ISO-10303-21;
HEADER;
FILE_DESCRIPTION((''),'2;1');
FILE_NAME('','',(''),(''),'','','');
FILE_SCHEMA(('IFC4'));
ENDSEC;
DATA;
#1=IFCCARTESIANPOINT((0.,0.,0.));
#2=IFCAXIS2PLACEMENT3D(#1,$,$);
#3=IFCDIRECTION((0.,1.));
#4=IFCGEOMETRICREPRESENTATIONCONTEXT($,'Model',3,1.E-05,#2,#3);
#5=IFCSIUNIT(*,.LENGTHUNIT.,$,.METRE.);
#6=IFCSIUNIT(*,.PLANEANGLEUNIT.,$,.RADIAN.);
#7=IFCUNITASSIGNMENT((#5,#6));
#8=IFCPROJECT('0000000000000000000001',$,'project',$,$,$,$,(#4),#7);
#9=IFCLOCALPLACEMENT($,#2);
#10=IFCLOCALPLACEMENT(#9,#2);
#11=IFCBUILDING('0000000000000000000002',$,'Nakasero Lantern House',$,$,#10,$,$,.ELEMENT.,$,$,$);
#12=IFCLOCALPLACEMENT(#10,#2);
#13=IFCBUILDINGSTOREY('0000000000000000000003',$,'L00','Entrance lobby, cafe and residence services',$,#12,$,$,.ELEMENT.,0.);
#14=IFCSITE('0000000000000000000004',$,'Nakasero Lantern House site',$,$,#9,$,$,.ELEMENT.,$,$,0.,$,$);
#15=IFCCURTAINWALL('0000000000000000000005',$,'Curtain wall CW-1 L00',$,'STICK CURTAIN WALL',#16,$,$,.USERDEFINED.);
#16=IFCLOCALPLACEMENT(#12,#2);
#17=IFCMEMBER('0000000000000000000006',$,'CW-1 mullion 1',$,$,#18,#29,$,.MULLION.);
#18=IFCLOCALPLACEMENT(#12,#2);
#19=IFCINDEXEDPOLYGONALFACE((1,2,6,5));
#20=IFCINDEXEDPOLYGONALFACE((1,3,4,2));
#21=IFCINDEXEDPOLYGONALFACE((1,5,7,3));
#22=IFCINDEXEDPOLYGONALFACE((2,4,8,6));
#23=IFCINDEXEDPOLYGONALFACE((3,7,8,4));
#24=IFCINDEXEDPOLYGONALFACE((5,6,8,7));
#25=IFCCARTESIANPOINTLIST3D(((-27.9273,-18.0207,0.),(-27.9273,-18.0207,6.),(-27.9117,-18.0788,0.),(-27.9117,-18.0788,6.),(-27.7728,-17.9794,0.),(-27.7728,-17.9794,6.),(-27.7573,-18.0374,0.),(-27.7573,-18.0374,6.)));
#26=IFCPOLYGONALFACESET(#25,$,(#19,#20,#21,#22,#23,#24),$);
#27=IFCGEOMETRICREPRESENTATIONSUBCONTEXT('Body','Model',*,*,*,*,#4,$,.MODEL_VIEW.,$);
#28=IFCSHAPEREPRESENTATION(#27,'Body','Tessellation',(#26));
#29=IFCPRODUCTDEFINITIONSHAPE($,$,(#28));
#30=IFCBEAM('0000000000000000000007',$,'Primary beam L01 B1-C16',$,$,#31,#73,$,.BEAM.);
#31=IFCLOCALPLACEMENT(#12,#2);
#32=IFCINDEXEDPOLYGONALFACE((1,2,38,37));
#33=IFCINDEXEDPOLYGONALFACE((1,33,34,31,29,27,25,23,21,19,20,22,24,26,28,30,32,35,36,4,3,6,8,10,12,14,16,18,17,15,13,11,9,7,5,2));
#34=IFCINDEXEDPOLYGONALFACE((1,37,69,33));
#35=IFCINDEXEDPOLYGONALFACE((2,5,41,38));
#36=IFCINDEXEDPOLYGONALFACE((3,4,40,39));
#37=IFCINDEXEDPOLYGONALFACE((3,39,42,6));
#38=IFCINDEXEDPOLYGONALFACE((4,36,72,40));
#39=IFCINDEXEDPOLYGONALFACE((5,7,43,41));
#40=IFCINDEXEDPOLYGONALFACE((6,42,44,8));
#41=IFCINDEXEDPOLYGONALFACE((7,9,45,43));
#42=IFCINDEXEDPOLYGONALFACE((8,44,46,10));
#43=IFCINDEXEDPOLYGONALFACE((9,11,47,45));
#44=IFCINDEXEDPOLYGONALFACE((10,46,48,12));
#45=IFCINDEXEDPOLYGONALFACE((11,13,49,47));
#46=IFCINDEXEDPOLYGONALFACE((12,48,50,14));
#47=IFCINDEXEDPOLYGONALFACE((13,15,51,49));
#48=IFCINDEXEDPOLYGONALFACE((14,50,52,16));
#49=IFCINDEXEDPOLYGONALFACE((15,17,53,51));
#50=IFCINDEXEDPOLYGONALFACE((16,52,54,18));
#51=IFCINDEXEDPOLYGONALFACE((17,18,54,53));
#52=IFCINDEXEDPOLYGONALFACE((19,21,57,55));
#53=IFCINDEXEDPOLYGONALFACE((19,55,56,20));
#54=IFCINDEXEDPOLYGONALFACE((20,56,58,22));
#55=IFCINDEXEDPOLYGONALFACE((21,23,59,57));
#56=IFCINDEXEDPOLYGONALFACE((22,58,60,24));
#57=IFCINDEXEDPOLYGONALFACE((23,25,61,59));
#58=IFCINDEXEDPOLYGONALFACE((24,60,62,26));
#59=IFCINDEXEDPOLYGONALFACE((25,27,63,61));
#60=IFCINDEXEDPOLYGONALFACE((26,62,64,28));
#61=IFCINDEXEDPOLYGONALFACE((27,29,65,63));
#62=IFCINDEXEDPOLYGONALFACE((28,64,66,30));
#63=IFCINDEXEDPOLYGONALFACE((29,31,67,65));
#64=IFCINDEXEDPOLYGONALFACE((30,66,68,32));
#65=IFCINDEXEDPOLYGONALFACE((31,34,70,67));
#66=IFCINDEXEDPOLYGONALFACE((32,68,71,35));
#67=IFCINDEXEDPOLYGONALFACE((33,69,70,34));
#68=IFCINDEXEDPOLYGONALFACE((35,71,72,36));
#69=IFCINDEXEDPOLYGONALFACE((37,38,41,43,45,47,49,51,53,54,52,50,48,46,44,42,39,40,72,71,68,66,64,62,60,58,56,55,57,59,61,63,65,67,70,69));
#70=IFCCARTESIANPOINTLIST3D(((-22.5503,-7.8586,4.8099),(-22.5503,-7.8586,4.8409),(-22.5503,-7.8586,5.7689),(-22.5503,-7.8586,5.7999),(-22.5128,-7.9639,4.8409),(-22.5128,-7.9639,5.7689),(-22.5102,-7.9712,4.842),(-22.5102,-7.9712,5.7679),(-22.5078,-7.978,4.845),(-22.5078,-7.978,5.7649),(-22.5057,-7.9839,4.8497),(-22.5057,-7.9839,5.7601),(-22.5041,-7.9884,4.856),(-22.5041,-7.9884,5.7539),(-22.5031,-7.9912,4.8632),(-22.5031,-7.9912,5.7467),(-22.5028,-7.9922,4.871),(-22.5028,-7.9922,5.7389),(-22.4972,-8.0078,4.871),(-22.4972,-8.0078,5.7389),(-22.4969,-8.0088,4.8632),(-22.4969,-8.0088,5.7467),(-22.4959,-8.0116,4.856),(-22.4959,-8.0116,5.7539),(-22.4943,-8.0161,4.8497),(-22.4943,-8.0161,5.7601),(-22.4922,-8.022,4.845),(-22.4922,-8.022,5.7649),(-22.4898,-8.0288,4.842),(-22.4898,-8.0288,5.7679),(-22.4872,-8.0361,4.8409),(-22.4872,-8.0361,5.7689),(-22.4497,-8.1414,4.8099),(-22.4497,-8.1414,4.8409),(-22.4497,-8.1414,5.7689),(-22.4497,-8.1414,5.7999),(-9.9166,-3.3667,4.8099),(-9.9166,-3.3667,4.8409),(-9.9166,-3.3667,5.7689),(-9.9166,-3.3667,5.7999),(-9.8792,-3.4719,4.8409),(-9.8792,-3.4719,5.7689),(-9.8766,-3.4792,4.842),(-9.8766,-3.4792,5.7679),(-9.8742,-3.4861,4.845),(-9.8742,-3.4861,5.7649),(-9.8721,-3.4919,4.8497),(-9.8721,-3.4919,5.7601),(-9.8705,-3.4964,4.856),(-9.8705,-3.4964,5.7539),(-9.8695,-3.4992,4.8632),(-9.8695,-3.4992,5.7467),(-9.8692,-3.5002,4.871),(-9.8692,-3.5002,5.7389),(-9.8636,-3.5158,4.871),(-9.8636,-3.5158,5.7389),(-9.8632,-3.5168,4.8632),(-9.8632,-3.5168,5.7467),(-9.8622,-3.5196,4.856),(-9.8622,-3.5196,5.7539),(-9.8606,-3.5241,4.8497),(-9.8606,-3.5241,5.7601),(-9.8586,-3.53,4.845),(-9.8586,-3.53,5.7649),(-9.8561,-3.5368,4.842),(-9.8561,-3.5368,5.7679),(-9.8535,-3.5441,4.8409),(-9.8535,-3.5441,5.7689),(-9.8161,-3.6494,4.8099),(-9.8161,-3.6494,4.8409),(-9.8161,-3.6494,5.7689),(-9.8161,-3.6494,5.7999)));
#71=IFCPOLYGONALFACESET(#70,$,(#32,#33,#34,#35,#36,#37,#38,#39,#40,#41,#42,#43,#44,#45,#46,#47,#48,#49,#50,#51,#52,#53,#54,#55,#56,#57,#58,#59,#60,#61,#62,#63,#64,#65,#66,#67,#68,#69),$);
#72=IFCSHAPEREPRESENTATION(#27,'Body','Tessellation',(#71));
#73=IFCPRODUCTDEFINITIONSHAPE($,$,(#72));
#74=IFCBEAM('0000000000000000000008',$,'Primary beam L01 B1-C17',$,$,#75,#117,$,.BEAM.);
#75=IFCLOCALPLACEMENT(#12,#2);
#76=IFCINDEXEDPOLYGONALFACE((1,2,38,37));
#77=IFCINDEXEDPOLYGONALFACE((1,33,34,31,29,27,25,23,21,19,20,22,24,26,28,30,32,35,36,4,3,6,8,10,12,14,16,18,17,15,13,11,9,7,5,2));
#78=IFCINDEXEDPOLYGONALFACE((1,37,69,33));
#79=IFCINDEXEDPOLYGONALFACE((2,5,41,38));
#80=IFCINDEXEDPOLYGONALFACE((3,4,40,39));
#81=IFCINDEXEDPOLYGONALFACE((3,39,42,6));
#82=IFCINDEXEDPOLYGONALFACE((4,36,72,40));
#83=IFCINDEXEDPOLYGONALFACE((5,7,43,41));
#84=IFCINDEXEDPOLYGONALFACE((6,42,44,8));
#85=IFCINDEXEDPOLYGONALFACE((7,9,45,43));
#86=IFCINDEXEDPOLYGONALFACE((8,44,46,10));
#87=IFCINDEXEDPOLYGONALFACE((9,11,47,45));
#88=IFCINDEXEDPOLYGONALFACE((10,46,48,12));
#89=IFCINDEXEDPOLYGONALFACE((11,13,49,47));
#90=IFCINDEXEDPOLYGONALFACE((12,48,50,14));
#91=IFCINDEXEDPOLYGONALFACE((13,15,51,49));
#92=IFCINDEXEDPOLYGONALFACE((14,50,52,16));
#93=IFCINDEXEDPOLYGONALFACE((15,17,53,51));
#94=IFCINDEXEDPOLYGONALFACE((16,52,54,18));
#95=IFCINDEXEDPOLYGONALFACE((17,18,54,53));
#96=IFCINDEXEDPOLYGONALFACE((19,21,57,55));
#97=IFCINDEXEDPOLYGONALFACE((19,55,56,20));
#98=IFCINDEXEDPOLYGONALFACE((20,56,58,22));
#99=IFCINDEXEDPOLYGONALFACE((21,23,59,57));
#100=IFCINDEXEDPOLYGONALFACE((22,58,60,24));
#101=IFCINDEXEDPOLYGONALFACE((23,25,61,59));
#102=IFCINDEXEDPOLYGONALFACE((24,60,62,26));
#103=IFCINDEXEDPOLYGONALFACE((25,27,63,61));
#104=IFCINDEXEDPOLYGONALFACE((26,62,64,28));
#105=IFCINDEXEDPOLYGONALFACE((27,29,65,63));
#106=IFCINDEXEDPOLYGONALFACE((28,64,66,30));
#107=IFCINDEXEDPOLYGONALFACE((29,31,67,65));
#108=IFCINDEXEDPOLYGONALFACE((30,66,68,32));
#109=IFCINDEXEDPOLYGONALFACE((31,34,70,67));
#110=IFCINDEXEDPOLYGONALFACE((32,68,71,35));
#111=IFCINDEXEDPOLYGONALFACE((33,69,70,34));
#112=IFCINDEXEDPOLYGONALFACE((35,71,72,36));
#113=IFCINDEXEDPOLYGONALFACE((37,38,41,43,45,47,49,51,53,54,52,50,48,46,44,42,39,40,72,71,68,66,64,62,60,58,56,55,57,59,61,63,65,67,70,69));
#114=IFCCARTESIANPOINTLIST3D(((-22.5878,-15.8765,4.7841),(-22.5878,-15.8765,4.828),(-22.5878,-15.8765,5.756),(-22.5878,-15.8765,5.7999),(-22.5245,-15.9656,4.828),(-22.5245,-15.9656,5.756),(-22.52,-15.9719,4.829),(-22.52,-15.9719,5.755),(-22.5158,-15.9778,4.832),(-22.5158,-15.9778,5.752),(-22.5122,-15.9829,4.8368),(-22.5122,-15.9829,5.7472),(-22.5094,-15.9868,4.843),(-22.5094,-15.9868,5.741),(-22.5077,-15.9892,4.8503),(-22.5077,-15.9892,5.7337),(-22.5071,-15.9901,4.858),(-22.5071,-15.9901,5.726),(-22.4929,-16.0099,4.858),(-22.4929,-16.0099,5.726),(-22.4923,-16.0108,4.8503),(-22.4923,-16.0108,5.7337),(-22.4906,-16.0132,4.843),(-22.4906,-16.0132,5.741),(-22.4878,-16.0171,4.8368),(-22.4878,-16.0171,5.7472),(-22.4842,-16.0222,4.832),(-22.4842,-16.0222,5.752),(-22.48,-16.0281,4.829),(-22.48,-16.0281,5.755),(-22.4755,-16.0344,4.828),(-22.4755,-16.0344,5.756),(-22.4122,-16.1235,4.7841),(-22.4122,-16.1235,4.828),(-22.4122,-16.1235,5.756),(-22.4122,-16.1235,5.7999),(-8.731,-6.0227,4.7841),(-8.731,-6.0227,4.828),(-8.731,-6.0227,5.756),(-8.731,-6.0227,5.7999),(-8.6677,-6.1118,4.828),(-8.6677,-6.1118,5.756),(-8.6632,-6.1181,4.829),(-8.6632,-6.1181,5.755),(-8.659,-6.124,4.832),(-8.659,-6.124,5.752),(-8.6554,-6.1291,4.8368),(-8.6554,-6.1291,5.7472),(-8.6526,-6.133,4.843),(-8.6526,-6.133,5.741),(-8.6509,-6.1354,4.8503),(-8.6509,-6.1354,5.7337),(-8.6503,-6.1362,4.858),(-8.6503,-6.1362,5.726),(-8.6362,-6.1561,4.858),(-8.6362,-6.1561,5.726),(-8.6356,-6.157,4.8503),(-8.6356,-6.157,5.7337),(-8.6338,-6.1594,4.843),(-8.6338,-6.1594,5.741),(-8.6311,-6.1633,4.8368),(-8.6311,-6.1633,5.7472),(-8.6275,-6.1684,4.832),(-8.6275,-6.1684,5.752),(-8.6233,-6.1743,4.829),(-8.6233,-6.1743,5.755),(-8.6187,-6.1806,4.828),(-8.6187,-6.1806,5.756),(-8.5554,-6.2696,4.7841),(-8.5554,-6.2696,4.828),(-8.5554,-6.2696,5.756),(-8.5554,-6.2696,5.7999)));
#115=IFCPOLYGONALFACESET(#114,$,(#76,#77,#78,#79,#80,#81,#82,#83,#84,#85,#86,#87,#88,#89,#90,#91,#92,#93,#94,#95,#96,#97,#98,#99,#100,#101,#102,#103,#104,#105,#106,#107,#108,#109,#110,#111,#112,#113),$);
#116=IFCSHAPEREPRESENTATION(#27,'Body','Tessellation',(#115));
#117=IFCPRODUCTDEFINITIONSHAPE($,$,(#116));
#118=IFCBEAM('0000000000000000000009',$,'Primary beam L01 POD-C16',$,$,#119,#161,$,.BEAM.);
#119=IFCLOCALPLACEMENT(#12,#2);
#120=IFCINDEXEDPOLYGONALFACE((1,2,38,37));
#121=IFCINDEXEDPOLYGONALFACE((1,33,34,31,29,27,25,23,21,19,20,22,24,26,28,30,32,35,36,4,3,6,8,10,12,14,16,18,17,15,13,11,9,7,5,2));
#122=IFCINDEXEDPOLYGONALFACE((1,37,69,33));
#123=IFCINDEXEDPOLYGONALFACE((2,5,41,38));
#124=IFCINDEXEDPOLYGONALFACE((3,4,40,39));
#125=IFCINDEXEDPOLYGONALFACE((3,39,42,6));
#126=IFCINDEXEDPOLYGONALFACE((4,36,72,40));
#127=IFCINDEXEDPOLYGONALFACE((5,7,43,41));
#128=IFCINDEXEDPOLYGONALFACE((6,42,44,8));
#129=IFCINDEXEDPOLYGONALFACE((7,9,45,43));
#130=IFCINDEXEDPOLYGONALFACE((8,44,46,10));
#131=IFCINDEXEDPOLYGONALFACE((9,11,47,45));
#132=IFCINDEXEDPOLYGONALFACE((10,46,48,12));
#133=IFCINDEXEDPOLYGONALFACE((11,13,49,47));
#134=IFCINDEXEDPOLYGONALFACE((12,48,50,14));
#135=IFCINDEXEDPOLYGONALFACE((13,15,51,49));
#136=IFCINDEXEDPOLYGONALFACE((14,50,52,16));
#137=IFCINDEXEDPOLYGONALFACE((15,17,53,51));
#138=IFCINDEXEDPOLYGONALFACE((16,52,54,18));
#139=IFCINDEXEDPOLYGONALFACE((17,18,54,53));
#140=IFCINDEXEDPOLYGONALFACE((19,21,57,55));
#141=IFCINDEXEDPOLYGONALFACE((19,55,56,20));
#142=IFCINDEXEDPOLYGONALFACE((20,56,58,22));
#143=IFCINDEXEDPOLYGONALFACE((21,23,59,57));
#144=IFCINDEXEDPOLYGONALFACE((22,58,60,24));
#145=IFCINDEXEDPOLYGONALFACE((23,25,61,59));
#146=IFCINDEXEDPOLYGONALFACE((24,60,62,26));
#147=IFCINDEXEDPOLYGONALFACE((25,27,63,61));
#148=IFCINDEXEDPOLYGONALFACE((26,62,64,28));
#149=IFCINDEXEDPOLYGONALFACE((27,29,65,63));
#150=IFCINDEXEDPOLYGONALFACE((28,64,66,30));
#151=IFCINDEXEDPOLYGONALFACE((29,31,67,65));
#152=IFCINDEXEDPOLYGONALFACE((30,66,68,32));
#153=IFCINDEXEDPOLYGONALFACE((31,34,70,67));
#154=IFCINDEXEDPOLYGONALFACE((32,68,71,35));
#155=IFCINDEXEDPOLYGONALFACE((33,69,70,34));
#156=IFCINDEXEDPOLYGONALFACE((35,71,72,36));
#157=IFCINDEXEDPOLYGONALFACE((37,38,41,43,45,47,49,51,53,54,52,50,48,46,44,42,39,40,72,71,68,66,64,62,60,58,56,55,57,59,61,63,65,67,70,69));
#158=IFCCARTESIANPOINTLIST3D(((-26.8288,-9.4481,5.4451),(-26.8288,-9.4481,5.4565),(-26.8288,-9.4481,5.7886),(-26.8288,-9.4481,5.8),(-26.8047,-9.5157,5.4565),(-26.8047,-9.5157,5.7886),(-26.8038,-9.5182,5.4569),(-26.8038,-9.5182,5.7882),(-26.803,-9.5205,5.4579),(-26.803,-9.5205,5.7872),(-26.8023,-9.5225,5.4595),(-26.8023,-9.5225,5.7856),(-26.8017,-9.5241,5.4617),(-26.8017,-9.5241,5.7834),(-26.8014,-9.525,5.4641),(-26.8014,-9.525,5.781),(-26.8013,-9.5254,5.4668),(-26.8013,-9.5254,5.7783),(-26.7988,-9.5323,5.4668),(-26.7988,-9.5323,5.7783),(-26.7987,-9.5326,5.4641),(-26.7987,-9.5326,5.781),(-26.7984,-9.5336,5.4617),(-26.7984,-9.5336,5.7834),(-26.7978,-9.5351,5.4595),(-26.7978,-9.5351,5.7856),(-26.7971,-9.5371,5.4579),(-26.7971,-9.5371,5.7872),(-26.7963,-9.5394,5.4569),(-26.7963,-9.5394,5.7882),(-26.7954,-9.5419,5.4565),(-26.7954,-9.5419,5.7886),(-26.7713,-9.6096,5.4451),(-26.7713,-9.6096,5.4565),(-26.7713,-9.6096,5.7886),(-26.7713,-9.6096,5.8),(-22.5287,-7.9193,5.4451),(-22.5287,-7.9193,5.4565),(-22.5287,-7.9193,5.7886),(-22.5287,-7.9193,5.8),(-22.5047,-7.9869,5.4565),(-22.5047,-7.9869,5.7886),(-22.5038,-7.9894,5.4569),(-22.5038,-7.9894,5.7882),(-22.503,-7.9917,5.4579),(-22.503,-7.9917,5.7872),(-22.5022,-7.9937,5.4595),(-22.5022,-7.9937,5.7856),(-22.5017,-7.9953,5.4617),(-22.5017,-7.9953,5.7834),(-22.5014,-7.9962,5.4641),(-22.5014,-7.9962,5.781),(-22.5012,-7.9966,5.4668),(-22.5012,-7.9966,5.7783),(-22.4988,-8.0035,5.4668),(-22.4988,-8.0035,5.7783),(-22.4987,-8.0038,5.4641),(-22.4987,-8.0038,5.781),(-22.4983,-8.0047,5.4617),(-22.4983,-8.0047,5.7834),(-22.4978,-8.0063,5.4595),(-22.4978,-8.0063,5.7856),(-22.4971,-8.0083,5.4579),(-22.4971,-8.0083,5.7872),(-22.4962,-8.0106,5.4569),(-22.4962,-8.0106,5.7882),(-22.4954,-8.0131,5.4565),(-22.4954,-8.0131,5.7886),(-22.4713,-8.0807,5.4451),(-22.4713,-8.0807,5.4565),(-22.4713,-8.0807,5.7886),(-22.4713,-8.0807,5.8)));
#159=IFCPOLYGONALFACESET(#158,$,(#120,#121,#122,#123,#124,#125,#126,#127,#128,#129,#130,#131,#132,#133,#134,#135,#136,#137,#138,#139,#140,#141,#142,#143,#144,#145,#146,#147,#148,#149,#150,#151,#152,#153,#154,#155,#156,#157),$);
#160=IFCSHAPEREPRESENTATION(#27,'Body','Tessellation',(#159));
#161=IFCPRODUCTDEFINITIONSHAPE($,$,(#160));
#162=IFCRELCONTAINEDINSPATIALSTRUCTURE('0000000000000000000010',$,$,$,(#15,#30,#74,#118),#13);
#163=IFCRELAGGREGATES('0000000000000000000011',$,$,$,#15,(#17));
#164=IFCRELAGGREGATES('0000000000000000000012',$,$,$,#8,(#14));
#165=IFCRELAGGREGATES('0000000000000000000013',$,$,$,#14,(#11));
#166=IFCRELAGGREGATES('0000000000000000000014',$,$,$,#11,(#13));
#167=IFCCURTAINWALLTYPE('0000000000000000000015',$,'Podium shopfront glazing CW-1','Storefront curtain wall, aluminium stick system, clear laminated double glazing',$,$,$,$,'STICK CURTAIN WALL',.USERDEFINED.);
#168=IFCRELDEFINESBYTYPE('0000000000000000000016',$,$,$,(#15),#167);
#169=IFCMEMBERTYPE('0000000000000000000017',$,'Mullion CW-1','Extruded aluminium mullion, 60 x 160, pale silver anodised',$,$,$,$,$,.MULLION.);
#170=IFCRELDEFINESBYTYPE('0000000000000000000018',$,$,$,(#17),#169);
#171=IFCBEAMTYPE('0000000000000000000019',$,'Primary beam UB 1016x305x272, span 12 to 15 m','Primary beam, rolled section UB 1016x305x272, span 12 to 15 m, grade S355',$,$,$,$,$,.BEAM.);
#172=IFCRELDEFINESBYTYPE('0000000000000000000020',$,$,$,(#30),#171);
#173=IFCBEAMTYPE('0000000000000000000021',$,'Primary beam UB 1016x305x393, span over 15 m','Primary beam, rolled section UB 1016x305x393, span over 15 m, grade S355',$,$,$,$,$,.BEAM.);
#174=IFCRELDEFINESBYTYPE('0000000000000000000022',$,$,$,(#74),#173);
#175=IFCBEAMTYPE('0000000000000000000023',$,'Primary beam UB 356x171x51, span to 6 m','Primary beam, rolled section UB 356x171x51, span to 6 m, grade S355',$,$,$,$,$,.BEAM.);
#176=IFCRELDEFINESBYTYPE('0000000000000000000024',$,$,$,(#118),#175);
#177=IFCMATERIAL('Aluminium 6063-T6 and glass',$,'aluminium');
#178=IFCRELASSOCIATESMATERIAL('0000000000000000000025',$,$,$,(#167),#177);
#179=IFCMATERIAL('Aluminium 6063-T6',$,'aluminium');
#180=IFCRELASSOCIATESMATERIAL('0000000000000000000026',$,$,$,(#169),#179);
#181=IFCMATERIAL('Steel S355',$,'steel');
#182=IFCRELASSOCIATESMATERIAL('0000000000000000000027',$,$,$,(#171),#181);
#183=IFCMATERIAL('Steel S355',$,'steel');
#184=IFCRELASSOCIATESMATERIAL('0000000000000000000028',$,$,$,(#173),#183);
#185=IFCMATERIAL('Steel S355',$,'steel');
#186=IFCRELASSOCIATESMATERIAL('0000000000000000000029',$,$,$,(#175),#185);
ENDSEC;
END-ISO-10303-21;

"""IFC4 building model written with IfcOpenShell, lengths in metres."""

from ifc_helpers import new_model, si_unit, direction, frame, origin, origin_2d, place, context, subcontext, project, spatial, rectangle, i_section, extrude, material, material_profile, profile_set, type_object, element, aggregate, save


model = new_model("IFC4")

# Units and contexts
model_context = context("Model", 3, precision=1e-05, world=origin(), true_north=direction((0.0, 1.0)))
body_context = subcontext(model_context, "Body", "Model", "MODEL_VIEW")
ifc_project = project(units=[si_unit("LENGTHUNIT", "METRE"), si_unit("PLANEANGLEUNIT", "RADIAN")], contexts=[model_context])

# Site, building, storey
site_placement = place(None, origin())
site = spatial("IfcSite", under=ifc_project, at=site_placement, Name="Nakasero Lantern House site", CompositionType="ELEMENT", RefElevation=0.0)
building_placement = place(site_placement, origin())
building = spatial("IfcBuilding", under=site, at=building_placement, Name="Nakasero Lantern House", CompositionType="ELEMENT")
storey_placement = place(building_placement, origin())
storey = spatial("IfcBuildingStorey", under=building, at=storey_placement, Name="L00", Description="Entrance lobby, cafe and residence services", CompositionType="ELEMENT", Elevation=0.0)

# Shared definitions
ifc_material_1 = material(Name="Aluminium 6063-T6 and glass", Category="aluminium")
curtain_wall_type = type_object("IfcCurtainWallType", Name="Podium shopfront glazing CW-1", Description="Storefront curtain wall, aluminium stick system, clear laminated double glazing", ElementType="STICK CURTAIN WALL", PredefinedType="USERDEFINED", material=ifc_material_1)
ifc_material_2 = material(Name="Aluminium 6063-T6", Category="aluminium")
ifc_material_profile_1 = material_profile(ifc_material_2, rectangle(XDim=0.0601, YDim=0.1599, at=origin_2d()), Name="CW-1 mullion 60x160")
ifc_profile_set_1 = profile_set([ifc_material_profile_1], Name="Aluminium 6063-T6")
member_type_1 = type_object("IfcMemberType", Name="Mullion CW-1", Description="Extruded aluminium mullion, 60 x 160, pale silver anodised", PredefinedType="MULLION", material=ifc_profile_set_1)

# Curtain wall, member
curtain_wall_1_placement = place(storey_placement, origin())
curtain_wall_1 = element("IfcCurtainWall", 1, at=curtain_wall_1_placement, inside=storey, type_object=curtain_wall_type, Name="Curtain wall CW-1 L00", ObjectType="STICK CURTAIN WALL", PredefinedType="USERDEFINED")
member_1_placement = place(storey_placement, frame((-27.8423, -18.0291, 0.0), z_axis=(0.0, 0.0, 1.0), x_axis=(0.258819, -0.965926, 0.0)))
member_1 = element("IfcMember", 2, at=member_1_placement, type_object=member_type_1, Name="CW-1 mullion 1", PredefinedType="MULLION", context=body_context, shape_type="SweptSolid", body=[
    extrude(rectangle(XDim=0.0601, YDim=0.1599, at=origin_2d()), origin(), (0.0, 0.0, 1.0), 6.0),
])
aggregate(curtain_wall_1, [member_1])

# Beams
ifc_material_3 = material(Name="Steel S355", Category="steel")
ifc_material_profile_2 = material_profile(ifc_material_3, i_section(OverallWidth=0.3, OverallDepth=0.99, WebThickness=0.0166, FlangeThickness=0.031, FilletRadius=0.03, at=origin_2d()), Name="UB 1016x305x272")
ifc_profile_set_2 = profile_set([ifc_material_profile_2], Name="Steel S355")
beam_type_1 = type_object("IfcBeamType", Name="Primary beam UB 1016x305x272, span 12 to 15 m", Description="Primary beam, rolled section UB 1016x305x272, span 12 to 15 m, grade S355", PredefinedType="BEAM", material=ifc_profile_set_2)
beam_1_placement = place(storey_placement, frame((-22.5, -8.0, 5.3049), z_axis=(0.942214, 0.335011, 0.0), x_axis=(-0.335011, 0.942214, 0.0)))
element("IfcBeam", 3, at=beam_1_placement, inside=storey, type_object=beam_type_1, Name="Primary beam L01 B1-C16", PredefinedType="BEAM", context=body_context, shape_type="SweptSolid", body=[
    extrude(i_section(OverallWidth=0.3, OverallDepth=0.99, WebThickness=0.0166, FlangeThickness=0.031, FilletRadius=0.03, at=origin_2d()), origin(), (0.0, 0.0, 1.0), 13.4084),
])
ifc_material_4 = material(Name="Steel S355", Category="steel")
ifc_material_profile_3 = material_profile(ifc_material_4, i_section(OverallWidth=0.303, OverallDepth=1.0159, WebThickness=0.0244, FlangeThickness=0.0439, FilletRadius=0.03, at=origin_2d()), Name="UB 1016x305x393")
ifc_profile_set_3 = profile_set([ifc_material_profile_3], Name="Steel S355")
beam_type_2 = type_object("IfcBeamType", Name="Primary beam UB 1016x305x393, span over 15 m", Description="Primary beam, rolled section UB 1016x305x393, span over 15 m, grade S355", PredefinedType="BEAM", material=ifc_profile_set_3)
beam_2_placement = place(storey_placement, frame((-22.5, -16.0, 5.292), z_axis=(0.814952, 0.579528, 0.0), x_axis=(-0.579528, 0.814952, 0.0)))
element("IfcBeam", 4, at=beam_2_placement, inside=storey, type_object=beam_type_2, Name="Primary beam L01 B1-C17", PredefinedType="BEAM", context=body_context, shape_type="SweptSolid", body=[
    extrude(i_section(OverallWidth=0.303, OverallDepth=1.0159, WebThickness=0.0244, FlangeThickness=0.0439, FilletRadius=0.03, at=origin_2d()), origin(), (0.0, 0.0, 1.0), 17.0032),
])
ifc_material_5 = material(Name="Steel S355", Category="steel")
ifc_material_profile_4 = material_profile(ifc_material_5, i_section(OverallWidth=0.1714, OverallDepth=0.355, WebThickness=0.0073, FlangeThickness=0.0115, FilletRadius=0.0103, at=origin_2d()), Name="UB 356x171x51")
ifc_profile_set_4 = profile_set([ifc_material_profile_4], Name="Steel S355")
beam_type_3 = type_object("IfcBeamType", Name="Primary beam UB 356x171x51, span to 6 m", Description="Primary beam, rolled section UB 356x171x51, span to 6 m, grade S355", PredefinedType="BEAM", material=ifc_profile_set_4)
beam_3_placement = place(storey_placement, frame((-26.8, -9.5288, 5.6226), z_axis=(0.942221, 0.334991, 0.0), x_axis=(-0.334991, 0.942221, 0.0)))
element("IfcBeam", 5, at=beam_3_placement, inside=storey, type_object=beam_type_3, Name="Primary beam L01 POD-C16", PredefinedType="BEAM", context=body_context, shape_type="SweptSolid", body=[
    extrude(i_section(OverallWidth=0.1714, OverallDepth=0.355, WebThickness=0.0073, FlangeThickness=0.0115, FilletRadius=0.0103, at=origin_2d()), origin(), (0.0, 0.0, 1.0), 4.5637),
])

save(model, "model.ifc")
